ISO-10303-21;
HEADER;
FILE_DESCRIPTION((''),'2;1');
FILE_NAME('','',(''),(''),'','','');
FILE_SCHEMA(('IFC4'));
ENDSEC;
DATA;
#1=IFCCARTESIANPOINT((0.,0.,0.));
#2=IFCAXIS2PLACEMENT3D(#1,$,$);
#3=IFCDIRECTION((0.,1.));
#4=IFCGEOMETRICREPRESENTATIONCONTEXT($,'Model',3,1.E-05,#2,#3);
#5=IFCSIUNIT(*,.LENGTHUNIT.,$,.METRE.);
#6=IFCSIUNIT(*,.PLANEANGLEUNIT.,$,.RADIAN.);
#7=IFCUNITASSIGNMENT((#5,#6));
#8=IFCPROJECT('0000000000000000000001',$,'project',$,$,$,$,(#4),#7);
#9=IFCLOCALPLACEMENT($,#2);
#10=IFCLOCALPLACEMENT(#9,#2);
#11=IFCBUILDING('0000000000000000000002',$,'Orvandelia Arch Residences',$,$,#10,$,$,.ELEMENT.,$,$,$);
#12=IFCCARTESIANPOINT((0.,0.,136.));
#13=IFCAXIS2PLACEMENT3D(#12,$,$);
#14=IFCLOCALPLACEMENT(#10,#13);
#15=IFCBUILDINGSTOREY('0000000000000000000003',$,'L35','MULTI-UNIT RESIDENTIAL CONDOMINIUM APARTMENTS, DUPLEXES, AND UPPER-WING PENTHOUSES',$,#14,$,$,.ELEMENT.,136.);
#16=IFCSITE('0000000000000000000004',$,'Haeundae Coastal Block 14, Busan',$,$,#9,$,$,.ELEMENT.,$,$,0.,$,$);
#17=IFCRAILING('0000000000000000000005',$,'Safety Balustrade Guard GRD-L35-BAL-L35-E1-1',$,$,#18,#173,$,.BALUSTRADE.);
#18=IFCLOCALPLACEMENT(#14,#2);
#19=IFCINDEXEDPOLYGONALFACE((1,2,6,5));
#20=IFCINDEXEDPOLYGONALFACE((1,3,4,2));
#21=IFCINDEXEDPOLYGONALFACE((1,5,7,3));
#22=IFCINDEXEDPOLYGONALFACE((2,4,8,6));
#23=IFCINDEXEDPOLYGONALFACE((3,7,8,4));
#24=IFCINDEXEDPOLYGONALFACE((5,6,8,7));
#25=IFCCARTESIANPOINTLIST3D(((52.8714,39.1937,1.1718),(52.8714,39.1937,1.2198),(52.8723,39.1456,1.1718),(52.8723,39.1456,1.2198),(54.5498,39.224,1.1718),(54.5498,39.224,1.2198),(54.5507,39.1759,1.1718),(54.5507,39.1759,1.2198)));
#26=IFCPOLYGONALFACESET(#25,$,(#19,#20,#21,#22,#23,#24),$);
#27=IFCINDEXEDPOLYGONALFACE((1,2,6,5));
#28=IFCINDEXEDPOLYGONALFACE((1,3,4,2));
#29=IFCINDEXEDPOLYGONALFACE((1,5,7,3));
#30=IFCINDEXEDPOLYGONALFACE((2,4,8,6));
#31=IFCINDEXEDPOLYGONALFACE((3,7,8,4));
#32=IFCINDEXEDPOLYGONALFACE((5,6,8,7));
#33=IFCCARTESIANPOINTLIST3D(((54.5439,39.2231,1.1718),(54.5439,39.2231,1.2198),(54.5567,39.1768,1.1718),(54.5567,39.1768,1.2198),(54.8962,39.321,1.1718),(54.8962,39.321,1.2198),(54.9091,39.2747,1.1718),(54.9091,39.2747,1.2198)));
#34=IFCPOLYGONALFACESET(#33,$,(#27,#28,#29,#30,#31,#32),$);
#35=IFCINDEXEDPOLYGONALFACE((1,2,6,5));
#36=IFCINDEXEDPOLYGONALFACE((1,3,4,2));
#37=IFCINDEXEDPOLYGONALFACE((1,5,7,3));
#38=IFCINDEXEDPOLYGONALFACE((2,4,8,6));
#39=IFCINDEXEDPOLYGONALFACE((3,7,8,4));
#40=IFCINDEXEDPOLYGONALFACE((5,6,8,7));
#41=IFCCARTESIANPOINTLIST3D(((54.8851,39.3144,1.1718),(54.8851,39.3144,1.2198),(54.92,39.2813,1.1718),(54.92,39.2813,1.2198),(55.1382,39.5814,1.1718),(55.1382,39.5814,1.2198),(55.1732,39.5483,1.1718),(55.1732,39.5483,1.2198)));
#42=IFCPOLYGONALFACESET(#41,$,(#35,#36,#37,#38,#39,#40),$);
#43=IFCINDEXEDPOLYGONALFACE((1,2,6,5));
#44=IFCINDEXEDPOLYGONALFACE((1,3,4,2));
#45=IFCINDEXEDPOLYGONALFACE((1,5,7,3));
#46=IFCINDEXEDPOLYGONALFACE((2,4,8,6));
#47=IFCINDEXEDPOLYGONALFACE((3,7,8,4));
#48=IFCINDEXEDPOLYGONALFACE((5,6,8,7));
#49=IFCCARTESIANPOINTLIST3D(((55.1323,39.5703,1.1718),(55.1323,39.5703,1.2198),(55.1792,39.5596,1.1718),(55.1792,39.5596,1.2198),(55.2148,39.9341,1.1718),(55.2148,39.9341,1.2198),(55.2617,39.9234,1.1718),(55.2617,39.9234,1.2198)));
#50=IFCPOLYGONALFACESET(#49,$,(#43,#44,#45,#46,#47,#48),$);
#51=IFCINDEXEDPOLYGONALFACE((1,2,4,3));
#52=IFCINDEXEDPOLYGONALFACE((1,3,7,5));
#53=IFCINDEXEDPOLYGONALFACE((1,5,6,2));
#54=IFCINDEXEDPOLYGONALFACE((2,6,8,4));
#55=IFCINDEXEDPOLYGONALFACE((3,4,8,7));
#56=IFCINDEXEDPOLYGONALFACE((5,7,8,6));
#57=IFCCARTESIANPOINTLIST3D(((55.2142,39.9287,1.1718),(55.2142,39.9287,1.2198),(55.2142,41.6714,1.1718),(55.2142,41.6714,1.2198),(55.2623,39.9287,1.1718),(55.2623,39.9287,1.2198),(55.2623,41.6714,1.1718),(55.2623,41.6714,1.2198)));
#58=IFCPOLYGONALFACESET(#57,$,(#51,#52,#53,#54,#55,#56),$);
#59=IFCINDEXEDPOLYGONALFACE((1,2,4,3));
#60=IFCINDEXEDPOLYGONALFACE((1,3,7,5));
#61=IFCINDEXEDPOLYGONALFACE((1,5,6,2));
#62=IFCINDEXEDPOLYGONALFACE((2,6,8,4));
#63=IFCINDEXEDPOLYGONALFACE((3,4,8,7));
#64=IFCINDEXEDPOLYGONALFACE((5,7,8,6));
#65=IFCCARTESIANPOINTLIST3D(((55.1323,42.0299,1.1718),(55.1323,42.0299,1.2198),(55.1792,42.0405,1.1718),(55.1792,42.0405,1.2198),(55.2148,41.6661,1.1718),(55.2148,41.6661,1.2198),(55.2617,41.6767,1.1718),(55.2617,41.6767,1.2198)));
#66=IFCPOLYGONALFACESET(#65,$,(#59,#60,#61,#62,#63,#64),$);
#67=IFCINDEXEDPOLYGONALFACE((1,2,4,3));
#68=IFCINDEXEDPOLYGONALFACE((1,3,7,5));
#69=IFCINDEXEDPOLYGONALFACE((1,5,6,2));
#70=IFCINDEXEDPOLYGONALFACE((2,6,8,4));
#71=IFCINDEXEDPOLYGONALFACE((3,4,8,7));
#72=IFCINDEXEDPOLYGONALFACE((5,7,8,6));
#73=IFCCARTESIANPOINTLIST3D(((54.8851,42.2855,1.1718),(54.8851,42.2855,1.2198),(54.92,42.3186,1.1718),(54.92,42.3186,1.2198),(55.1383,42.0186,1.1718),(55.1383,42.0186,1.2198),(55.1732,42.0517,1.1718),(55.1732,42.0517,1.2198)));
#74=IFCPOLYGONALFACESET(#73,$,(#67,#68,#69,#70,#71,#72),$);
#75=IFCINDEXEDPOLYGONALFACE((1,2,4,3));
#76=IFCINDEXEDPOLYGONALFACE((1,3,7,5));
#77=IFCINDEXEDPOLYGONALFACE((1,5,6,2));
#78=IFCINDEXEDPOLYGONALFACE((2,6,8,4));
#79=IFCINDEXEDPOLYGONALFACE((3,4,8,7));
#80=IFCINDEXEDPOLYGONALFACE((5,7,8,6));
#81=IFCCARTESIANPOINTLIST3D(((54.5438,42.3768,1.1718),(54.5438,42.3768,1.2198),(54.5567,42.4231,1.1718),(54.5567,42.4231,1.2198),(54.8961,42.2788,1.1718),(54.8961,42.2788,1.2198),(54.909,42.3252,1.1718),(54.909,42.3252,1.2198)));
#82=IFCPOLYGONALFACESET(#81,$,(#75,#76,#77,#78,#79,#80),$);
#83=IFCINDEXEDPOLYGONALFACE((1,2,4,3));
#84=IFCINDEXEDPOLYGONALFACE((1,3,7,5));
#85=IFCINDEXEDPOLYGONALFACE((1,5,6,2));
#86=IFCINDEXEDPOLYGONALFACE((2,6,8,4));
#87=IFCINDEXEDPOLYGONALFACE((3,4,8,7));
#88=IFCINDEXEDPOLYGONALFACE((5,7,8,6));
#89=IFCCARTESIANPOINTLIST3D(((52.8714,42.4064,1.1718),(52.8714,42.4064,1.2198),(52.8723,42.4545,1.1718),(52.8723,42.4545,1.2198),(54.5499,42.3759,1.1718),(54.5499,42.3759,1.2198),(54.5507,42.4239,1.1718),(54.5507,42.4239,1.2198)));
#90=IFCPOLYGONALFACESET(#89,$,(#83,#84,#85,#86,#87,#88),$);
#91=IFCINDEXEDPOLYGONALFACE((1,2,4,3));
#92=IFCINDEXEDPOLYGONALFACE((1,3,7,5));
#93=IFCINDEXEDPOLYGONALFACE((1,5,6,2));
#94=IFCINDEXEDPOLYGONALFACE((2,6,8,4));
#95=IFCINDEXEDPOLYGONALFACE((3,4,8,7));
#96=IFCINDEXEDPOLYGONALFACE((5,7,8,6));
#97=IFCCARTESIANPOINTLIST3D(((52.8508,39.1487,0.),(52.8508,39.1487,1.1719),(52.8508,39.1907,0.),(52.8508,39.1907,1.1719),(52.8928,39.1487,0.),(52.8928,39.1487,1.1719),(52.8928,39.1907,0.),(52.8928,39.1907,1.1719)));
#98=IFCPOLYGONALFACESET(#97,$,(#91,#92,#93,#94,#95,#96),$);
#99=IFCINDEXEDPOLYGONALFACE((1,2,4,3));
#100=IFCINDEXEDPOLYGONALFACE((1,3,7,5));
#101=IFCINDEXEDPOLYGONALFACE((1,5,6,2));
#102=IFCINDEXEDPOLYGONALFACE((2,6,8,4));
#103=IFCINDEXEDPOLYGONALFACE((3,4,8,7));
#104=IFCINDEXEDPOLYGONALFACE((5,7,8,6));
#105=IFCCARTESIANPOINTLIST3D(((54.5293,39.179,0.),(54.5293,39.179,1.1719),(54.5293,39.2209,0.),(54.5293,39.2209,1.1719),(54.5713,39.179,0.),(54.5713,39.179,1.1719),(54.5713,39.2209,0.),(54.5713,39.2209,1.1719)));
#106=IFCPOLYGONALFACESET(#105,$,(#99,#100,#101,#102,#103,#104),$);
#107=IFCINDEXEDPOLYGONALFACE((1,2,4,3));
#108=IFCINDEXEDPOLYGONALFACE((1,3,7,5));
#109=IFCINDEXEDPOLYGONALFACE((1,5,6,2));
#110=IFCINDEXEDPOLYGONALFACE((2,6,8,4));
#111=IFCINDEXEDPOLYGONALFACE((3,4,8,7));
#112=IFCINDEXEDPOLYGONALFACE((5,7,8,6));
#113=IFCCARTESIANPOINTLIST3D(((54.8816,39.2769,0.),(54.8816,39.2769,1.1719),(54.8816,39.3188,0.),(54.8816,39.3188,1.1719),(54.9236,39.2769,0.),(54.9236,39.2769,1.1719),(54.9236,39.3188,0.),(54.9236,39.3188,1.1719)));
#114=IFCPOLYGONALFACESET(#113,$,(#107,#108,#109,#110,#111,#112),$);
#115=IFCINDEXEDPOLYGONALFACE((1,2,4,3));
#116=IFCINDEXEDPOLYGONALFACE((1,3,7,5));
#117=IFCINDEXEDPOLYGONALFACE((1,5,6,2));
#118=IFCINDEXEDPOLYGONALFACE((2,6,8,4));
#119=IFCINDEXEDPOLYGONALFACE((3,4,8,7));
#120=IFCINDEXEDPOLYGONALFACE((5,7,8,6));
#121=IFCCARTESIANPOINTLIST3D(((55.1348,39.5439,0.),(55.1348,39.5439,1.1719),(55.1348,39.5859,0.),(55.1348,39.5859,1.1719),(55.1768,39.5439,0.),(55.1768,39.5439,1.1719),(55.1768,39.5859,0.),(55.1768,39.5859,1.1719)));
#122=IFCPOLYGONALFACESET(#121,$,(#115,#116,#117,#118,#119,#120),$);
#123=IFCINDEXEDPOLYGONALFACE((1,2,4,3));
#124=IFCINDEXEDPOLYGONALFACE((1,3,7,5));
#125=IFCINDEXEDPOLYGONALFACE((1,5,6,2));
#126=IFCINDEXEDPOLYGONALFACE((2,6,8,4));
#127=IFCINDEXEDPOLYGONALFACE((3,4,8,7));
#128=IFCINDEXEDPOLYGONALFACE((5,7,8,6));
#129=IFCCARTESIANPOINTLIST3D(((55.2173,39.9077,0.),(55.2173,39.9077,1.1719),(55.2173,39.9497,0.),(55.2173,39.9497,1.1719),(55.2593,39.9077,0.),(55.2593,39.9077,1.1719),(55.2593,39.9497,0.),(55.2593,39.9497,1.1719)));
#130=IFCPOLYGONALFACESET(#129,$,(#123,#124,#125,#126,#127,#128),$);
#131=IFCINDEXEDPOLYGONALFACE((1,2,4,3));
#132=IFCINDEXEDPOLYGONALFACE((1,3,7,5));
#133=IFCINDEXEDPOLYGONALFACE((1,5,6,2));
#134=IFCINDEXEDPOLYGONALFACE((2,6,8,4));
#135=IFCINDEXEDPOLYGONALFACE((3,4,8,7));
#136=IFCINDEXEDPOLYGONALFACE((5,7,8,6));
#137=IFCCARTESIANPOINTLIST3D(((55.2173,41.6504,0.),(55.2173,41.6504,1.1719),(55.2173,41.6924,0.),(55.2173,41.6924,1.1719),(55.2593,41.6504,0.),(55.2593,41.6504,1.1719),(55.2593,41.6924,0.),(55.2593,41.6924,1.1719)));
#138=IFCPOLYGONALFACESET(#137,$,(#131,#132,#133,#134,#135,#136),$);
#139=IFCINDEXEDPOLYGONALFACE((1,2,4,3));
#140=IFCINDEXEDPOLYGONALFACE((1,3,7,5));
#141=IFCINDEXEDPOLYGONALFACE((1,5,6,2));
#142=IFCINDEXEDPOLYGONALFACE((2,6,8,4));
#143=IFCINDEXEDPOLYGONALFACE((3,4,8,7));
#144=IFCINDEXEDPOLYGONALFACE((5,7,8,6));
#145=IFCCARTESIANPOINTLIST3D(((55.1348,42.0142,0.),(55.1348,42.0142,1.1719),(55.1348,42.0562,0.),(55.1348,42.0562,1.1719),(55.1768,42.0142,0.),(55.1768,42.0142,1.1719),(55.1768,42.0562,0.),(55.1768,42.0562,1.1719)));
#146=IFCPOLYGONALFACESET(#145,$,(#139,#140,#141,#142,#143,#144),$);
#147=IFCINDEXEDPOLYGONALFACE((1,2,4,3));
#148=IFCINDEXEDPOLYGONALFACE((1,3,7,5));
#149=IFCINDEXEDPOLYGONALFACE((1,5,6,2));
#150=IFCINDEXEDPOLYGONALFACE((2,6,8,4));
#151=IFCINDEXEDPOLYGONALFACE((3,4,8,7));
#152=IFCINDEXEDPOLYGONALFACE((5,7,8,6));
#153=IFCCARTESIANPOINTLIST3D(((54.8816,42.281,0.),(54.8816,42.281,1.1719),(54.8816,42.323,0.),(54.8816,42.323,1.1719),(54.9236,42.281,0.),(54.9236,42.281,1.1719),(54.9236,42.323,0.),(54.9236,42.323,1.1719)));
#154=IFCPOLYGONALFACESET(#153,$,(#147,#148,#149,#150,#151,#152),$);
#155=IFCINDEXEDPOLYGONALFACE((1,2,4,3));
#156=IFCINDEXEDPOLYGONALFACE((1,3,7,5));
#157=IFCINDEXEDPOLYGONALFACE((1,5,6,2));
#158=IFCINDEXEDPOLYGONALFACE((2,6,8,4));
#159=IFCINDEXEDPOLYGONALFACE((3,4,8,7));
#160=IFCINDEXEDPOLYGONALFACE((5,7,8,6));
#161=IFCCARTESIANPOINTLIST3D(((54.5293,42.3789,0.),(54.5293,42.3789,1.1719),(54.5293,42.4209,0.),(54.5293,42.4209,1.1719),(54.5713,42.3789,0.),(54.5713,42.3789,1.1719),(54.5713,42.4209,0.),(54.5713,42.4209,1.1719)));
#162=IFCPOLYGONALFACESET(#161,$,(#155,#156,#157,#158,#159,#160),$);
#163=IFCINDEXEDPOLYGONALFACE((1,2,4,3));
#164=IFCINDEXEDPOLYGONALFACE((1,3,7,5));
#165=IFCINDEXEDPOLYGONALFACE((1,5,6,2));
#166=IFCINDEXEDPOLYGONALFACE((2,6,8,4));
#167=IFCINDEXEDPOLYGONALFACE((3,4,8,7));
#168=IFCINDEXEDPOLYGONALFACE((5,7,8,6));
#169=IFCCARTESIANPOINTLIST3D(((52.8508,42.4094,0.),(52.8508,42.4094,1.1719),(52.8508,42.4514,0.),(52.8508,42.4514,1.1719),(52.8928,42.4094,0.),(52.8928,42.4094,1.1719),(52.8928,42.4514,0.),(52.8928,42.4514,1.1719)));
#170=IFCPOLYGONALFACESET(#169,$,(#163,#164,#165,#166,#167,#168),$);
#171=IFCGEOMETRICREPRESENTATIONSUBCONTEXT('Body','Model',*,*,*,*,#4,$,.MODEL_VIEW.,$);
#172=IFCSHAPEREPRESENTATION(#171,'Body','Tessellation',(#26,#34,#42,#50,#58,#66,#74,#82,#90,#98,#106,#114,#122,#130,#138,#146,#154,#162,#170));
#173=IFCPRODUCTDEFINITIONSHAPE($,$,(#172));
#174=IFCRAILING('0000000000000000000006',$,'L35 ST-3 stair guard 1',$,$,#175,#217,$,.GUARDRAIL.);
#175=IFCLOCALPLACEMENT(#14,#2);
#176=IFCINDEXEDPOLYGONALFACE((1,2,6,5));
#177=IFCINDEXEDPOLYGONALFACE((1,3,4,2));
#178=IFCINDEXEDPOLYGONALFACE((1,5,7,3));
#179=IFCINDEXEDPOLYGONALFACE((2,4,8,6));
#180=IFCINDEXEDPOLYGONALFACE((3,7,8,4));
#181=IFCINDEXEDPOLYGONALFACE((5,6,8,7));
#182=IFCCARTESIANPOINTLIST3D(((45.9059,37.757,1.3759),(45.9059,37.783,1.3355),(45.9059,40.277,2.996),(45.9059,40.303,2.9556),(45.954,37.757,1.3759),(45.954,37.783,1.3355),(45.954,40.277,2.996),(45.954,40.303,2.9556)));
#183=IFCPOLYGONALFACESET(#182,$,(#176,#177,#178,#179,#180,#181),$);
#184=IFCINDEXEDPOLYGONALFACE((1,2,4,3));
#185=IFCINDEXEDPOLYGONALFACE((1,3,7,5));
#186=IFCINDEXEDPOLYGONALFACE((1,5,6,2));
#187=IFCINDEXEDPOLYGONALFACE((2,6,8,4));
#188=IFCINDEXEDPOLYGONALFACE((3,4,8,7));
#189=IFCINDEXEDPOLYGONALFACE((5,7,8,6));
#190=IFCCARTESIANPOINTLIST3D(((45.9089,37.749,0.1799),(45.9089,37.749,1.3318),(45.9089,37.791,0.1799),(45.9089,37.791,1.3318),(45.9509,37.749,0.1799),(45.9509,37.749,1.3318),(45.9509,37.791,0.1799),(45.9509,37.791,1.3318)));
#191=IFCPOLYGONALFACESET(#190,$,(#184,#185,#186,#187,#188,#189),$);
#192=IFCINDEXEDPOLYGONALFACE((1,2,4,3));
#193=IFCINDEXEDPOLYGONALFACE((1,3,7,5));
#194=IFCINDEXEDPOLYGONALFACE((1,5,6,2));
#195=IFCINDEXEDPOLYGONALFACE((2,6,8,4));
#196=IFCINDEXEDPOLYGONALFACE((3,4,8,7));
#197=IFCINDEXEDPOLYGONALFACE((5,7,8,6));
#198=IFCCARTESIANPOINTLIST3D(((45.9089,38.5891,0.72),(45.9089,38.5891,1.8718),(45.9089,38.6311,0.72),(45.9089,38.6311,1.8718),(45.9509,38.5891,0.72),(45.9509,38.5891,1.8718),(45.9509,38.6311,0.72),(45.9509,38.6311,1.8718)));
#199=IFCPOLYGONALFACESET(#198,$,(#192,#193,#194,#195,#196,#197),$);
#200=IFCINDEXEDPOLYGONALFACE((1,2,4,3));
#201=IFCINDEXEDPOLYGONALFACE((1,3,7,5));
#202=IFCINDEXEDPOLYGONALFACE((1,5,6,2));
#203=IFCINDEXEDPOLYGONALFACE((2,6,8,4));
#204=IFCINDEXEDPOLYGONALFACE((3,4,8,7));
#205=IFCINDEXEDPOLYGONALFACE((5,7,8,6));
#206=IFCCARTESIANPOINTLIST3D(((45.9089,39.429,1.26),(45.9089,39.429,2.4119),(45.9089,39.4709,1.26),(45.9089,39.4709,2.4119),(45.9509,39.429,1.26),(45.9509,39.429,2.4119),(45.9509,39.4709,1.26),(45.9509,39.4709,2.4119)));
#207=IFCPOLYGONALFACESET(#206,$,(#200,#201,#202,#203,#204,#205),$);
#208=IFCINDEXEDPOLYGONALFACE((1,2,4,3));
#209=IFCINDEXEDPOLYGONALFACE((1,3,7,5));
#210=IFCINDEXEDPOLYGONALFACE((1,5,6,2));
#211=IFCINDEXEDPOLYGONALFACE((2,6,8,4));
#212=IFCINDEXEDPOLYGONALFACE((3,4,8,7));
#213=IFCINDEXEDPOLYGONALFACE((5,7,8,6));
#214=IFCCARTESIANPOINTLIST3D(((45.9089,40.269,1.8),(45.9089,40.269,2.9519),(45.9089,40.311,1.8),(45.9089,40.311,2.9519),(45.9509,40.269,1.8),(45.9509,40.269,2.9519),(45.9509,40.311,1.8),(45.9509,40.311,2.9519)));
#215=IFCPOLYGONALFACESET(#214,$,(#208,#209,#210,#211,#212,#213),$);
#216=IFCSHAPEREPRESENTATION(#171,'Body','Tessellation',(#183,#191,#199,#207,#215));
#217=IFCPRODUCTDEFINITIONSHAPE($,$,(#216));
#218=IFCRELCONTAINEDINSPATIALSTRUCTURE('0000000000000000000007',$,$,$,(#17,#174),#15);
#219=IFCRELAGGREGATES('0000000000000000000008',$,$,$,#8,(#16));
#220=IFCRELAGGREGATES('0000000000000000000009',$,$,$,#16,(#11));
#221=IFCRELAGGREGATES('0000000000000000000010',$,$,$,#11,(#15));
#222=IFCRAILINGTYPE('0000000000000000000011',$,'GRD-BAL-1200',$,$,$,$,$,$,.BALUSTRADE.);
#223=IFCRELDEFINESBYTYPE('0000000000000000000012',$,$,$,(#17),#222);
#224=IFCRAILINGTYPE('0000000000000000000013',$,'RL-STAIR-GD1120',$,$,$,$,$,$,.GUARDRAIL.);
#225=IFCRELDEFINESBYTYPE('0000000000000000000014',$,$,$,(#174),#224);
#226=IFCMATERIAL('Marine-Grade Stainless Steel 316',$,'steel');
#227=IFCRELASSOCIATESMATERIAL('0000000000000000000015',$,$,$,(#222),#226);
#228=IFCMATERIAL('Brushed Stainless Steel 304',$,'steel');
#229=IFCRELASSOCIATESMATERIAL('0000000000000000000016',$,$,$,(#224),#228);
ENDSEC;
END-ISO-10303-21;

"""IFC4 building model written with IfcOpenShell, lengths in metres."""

from ifc_helpers import new_model, si_unit, direction, frame, origin, origin_2d, place, context, subcontext, project, spatial, rectangle, extrude, material, type_object, element, save


model = new_model("IFC4")

# Units and contexts
model_context = context("Model", 3, precision=1e-05, world=origin(), true_north=direction((0.0, 1.0)))
body_context = subcontext(model_context, "Body", "Model", "MODEL_VIEW")
ifc_project = project(units=[si_unit("LENGTHUNIT", "METRE"), si_unit("PLANEANGLEUNIT", "RADIAN")], contexts=[model_context])

# Site, building, storey
site_placement = place(None, origin())
site = spatial("IfcSite", under=ifc_project, at=site_placement, Name="Haeundae Coastal Block 14, Busan", CompositionType="ELEMENT", RefElevation=0.0)
building_placement = place(site_placement, origin())
building = spatial("IfcBuilding", under=site, at=building_placement, Name="Orvandelia Arch Residences", CompositionType="ELEMENT")
storey_placement = place(building_placement, frame((0.0, 0.0, 136.0)))
storey = spatial("IfcBuildingStorey", under=building, at=storey_placement, Name="L35", Description="MULTI-UNIT RESIDENTIAL CONDOMINIUM APARTMENTS, DUPLEXES, AND UPPER-WING PENTHOUSES", CompositionType="ELEMENT", Elevation=136.0)

# Railings
ifc_material_1 = material(Name="Marine-Grade Stainless Steel 316", Category="steel")
railing_type_1 = type_object("IfcRailingType", Name="GRD-BAL-1200", PredefinedType="BALUSTRADE", material=ifc_material_1)
railing_1_placement = place(storey_placement, frame((52.8718, 39.1697, 0.0)))
element("IfcRailing", 1, at=railing_1_placement, inside=storey, type_object=railing_type_1, Name="Safety Balustrade Guard GRD-L35-BAL-L35-E1-1", PredefinedType="BALUSTRADE", context=body_context, shape_type="SweptSolid", body=[
    extrude(rectangle(XDim=0.0481, YDim=0.0481, at=origin_2d()), frame((0.0, 0.0, 1.1958), z_axis=(0.999837, 0.018033, 0.0), x_axis=(-0.018033, 0.999837, 0.0)), (0.0, 0.0, 1.0), 1.6787),
    extrude(rectangle(XDim=0.0481, YDim=0.0481, at=origin_2d()), frame((1.6785, 0.0303, 1.1958), z_axis=(0.963489, 0.267747, 0.0), x_axis=(-0.267747, 0.963489, 0.0)), (0.0, 0.0, 1.0), 0.3657),
    extrude(rectangle(XDim=0.0481, YDim=0.0481, at=origin_2d()), frame((2.0308, 0.1282, 1.1958), z_axis=(0.687947, 0.725761, 0.0), x_axis=(-0.725761, 0.687947, 0.0)), (0.0, 0.0, 1.0), 0.3679),
    extrude(rectangle(XDim=0.0481, YDim=0.0481, at=origin_2d()), frame((2.2839, 0.3953, 1.1958), z_axis=(0.221225, 0.975223, 0.0), x_axis=(-0.975223, 0.221225, 0.0)), (0.0, 0.0, 1.0), 0.373),
    extrude(rectangle(XDim=0.0481, YDim=0.0481, at=origin_2d()), frame((2.3665, 0.759, 1.1958), z_axis=(0.0, 1.0, 0.0), x_axis=(-1.0, 0.0, 0.0)), (0.0, 0.0, 1.0), 1.7427),
    extrude(rectangle(XDim=0.0481, YDim=0.0481, at=origin_2d()), frame((2.3665, 2.5017, 1.1958), z_axis=(-0.221225, 0.975223, 0.0), x_axis=(-0.975223, -0.221225, 0.0)), (0.0, 0.0, 1.0), 0.373),
    extrude(rectangle(XDim=0.0481, YDim=0.0481, at=origin_2d()), frame((2.2839, 2.8655, 1.1958), z_axis=(-0.688278, 0.725447, 0.0), x_axis=(-0.725447, -0.688278, 0.0)), (0.0, 0.0, 1.0), 0.3679),
    extrude(rectangle(XDim=0.0481, YDim=0.0481, at=origin_2d()), frame((2.0308, 3.1323, 1.1958), z_axis=(-0.963489, 0.267747, 0.0), x_axis=(-0.267747, -0.963489, 0.0)), (0.0, 0.0, 1.0), 0.3657),
    extrude(rectangle(XDim=0.0481, YDim=0.0481, at=origin_2d()), frame((1.6785, 3.2302, 1.1958), z_axis=(-0.999835, 0.018179, 0.0), x_axis=(-0.018179, -0.999835, 0.0)), (0.0, 0.0, 1.0), 1.6787),
    extrude(rectangle(XDim=0.042, YDim=0.042, at=origin_2d()), origin(), (0.0, 0.0, 1.0), 1.1719),
    extrude(rectangle(XDim=0.042, YDim=0.042, at=origin_2d()), frame((1.6785, 0.0303, 0.0)), (0.0, 0.0, 1.0), 1.1719),
    extrude(rectangle(XDim=0.042, YDim=0.042, at=origin_2d()), frame((2.0308, 0.1282, 0.0)), (0.0, 0.0, 1.0), 1.1719),
    extrude(rectangle(XDim=0.042, YDim=0.042, at=origin_2d()), frame((2.2839, 0.3953, 0.0)), (0.0, 0.0, 1.0), 1.1719),
    extrude(rectangle(XDim=0.042, YDim=0.042, at=origin_2d()), frame((2.3665, 0.759, 0.0)), (0.0, 0.0, 1.0), 1.1719),
    extrude(rectangle(XDim=0.042, YDim=0.042, at=origin_2d()), frame((2.3665, 2.5017, 0.0)), (0.0, 0.0, 1.0), 1.1719),
    extrude(rectangle(XDim=0.042, YDim=0.042, at=origin_2d()), frame((2.2839, 2.8655, 0.0)), (0.0, 0.0, 1.0), 1.1719),
    extrude(rectangle(XDim=0.042, YDim=0.042, at=origin_2d()), frame((2.0308, 3.1323, 0.0)), (0.0, 0.0, 1.0), 1.1719),
    extrude(rectangle(XDim=0.042, YDim=0.042, at=origin_2d()), frame((1.6785, 3.2302, 0.0)), (0.0, 0.0, 1.0), 1.1719),
    extrude(rectangle(XDim=0.042, YDim=0.042, at=origin_2d()), frame((0.0, 3.2607, 0.0)), (0.0, 0.0, 1.0), 1.1719),
])
ifc_material_2 = material(Name="Brushed Stainless Steel 304", Category="steel")
railing_type_2 = type_object("IfcRailingType", Name="RL-STAIR-GD1120", PredefinedType="GUARDRAIL", material=ifc_material_2)
railing_2_placement = place(storey_placement, frame((45.9299, 37.77, 0.1799)))
element("IfcRailing", 2, at=railing_2_placement, inside=storey, type_object=railing_type_2, Name="L35 ST-3 stair guard 1", PredefinedType="GUARDRAIL", context=body_context, shape_type="SweptSolid", body=[
    extrude(rectangle(XDim=0.0481, YDim=0.0481, at=origin_2d()), frame((0.0, 0.0, 1.1758), z_axis=(0.0, 0.841163, 0.540782), x_axis=(-1.0, 0.0, 0.0)), (0.0, 0.0, 1.0), 2.9958),
    extrude(rectangle(XDim=0.042, YDim=0.042, at=origin_2d()), origin(), (0.0, 0.0, 1.0), 1.1519),
    extrude(rectangle(XDim=0.042, YDim=0.042, at=origin_2d()), frame((0.0, 0.8401, 0.54)), (0.0, 0.0, 1.0), 1.1519),
    extrude(rectangle(XDim=0.042, YDim=0.042, at=origin_2d()), frame((0.0, 1.6799, 1.0801)), (0.0, 0.0, 1.0), 1.1519),
    extrude(rectangle(XDim=0.042, YDim=0.042, at=origin_2d()), frame((0.0, 2.52, 1.6201)), (0.0, 0.0, 1.0), 1.1519),
])

save(model, "model.ifc")
